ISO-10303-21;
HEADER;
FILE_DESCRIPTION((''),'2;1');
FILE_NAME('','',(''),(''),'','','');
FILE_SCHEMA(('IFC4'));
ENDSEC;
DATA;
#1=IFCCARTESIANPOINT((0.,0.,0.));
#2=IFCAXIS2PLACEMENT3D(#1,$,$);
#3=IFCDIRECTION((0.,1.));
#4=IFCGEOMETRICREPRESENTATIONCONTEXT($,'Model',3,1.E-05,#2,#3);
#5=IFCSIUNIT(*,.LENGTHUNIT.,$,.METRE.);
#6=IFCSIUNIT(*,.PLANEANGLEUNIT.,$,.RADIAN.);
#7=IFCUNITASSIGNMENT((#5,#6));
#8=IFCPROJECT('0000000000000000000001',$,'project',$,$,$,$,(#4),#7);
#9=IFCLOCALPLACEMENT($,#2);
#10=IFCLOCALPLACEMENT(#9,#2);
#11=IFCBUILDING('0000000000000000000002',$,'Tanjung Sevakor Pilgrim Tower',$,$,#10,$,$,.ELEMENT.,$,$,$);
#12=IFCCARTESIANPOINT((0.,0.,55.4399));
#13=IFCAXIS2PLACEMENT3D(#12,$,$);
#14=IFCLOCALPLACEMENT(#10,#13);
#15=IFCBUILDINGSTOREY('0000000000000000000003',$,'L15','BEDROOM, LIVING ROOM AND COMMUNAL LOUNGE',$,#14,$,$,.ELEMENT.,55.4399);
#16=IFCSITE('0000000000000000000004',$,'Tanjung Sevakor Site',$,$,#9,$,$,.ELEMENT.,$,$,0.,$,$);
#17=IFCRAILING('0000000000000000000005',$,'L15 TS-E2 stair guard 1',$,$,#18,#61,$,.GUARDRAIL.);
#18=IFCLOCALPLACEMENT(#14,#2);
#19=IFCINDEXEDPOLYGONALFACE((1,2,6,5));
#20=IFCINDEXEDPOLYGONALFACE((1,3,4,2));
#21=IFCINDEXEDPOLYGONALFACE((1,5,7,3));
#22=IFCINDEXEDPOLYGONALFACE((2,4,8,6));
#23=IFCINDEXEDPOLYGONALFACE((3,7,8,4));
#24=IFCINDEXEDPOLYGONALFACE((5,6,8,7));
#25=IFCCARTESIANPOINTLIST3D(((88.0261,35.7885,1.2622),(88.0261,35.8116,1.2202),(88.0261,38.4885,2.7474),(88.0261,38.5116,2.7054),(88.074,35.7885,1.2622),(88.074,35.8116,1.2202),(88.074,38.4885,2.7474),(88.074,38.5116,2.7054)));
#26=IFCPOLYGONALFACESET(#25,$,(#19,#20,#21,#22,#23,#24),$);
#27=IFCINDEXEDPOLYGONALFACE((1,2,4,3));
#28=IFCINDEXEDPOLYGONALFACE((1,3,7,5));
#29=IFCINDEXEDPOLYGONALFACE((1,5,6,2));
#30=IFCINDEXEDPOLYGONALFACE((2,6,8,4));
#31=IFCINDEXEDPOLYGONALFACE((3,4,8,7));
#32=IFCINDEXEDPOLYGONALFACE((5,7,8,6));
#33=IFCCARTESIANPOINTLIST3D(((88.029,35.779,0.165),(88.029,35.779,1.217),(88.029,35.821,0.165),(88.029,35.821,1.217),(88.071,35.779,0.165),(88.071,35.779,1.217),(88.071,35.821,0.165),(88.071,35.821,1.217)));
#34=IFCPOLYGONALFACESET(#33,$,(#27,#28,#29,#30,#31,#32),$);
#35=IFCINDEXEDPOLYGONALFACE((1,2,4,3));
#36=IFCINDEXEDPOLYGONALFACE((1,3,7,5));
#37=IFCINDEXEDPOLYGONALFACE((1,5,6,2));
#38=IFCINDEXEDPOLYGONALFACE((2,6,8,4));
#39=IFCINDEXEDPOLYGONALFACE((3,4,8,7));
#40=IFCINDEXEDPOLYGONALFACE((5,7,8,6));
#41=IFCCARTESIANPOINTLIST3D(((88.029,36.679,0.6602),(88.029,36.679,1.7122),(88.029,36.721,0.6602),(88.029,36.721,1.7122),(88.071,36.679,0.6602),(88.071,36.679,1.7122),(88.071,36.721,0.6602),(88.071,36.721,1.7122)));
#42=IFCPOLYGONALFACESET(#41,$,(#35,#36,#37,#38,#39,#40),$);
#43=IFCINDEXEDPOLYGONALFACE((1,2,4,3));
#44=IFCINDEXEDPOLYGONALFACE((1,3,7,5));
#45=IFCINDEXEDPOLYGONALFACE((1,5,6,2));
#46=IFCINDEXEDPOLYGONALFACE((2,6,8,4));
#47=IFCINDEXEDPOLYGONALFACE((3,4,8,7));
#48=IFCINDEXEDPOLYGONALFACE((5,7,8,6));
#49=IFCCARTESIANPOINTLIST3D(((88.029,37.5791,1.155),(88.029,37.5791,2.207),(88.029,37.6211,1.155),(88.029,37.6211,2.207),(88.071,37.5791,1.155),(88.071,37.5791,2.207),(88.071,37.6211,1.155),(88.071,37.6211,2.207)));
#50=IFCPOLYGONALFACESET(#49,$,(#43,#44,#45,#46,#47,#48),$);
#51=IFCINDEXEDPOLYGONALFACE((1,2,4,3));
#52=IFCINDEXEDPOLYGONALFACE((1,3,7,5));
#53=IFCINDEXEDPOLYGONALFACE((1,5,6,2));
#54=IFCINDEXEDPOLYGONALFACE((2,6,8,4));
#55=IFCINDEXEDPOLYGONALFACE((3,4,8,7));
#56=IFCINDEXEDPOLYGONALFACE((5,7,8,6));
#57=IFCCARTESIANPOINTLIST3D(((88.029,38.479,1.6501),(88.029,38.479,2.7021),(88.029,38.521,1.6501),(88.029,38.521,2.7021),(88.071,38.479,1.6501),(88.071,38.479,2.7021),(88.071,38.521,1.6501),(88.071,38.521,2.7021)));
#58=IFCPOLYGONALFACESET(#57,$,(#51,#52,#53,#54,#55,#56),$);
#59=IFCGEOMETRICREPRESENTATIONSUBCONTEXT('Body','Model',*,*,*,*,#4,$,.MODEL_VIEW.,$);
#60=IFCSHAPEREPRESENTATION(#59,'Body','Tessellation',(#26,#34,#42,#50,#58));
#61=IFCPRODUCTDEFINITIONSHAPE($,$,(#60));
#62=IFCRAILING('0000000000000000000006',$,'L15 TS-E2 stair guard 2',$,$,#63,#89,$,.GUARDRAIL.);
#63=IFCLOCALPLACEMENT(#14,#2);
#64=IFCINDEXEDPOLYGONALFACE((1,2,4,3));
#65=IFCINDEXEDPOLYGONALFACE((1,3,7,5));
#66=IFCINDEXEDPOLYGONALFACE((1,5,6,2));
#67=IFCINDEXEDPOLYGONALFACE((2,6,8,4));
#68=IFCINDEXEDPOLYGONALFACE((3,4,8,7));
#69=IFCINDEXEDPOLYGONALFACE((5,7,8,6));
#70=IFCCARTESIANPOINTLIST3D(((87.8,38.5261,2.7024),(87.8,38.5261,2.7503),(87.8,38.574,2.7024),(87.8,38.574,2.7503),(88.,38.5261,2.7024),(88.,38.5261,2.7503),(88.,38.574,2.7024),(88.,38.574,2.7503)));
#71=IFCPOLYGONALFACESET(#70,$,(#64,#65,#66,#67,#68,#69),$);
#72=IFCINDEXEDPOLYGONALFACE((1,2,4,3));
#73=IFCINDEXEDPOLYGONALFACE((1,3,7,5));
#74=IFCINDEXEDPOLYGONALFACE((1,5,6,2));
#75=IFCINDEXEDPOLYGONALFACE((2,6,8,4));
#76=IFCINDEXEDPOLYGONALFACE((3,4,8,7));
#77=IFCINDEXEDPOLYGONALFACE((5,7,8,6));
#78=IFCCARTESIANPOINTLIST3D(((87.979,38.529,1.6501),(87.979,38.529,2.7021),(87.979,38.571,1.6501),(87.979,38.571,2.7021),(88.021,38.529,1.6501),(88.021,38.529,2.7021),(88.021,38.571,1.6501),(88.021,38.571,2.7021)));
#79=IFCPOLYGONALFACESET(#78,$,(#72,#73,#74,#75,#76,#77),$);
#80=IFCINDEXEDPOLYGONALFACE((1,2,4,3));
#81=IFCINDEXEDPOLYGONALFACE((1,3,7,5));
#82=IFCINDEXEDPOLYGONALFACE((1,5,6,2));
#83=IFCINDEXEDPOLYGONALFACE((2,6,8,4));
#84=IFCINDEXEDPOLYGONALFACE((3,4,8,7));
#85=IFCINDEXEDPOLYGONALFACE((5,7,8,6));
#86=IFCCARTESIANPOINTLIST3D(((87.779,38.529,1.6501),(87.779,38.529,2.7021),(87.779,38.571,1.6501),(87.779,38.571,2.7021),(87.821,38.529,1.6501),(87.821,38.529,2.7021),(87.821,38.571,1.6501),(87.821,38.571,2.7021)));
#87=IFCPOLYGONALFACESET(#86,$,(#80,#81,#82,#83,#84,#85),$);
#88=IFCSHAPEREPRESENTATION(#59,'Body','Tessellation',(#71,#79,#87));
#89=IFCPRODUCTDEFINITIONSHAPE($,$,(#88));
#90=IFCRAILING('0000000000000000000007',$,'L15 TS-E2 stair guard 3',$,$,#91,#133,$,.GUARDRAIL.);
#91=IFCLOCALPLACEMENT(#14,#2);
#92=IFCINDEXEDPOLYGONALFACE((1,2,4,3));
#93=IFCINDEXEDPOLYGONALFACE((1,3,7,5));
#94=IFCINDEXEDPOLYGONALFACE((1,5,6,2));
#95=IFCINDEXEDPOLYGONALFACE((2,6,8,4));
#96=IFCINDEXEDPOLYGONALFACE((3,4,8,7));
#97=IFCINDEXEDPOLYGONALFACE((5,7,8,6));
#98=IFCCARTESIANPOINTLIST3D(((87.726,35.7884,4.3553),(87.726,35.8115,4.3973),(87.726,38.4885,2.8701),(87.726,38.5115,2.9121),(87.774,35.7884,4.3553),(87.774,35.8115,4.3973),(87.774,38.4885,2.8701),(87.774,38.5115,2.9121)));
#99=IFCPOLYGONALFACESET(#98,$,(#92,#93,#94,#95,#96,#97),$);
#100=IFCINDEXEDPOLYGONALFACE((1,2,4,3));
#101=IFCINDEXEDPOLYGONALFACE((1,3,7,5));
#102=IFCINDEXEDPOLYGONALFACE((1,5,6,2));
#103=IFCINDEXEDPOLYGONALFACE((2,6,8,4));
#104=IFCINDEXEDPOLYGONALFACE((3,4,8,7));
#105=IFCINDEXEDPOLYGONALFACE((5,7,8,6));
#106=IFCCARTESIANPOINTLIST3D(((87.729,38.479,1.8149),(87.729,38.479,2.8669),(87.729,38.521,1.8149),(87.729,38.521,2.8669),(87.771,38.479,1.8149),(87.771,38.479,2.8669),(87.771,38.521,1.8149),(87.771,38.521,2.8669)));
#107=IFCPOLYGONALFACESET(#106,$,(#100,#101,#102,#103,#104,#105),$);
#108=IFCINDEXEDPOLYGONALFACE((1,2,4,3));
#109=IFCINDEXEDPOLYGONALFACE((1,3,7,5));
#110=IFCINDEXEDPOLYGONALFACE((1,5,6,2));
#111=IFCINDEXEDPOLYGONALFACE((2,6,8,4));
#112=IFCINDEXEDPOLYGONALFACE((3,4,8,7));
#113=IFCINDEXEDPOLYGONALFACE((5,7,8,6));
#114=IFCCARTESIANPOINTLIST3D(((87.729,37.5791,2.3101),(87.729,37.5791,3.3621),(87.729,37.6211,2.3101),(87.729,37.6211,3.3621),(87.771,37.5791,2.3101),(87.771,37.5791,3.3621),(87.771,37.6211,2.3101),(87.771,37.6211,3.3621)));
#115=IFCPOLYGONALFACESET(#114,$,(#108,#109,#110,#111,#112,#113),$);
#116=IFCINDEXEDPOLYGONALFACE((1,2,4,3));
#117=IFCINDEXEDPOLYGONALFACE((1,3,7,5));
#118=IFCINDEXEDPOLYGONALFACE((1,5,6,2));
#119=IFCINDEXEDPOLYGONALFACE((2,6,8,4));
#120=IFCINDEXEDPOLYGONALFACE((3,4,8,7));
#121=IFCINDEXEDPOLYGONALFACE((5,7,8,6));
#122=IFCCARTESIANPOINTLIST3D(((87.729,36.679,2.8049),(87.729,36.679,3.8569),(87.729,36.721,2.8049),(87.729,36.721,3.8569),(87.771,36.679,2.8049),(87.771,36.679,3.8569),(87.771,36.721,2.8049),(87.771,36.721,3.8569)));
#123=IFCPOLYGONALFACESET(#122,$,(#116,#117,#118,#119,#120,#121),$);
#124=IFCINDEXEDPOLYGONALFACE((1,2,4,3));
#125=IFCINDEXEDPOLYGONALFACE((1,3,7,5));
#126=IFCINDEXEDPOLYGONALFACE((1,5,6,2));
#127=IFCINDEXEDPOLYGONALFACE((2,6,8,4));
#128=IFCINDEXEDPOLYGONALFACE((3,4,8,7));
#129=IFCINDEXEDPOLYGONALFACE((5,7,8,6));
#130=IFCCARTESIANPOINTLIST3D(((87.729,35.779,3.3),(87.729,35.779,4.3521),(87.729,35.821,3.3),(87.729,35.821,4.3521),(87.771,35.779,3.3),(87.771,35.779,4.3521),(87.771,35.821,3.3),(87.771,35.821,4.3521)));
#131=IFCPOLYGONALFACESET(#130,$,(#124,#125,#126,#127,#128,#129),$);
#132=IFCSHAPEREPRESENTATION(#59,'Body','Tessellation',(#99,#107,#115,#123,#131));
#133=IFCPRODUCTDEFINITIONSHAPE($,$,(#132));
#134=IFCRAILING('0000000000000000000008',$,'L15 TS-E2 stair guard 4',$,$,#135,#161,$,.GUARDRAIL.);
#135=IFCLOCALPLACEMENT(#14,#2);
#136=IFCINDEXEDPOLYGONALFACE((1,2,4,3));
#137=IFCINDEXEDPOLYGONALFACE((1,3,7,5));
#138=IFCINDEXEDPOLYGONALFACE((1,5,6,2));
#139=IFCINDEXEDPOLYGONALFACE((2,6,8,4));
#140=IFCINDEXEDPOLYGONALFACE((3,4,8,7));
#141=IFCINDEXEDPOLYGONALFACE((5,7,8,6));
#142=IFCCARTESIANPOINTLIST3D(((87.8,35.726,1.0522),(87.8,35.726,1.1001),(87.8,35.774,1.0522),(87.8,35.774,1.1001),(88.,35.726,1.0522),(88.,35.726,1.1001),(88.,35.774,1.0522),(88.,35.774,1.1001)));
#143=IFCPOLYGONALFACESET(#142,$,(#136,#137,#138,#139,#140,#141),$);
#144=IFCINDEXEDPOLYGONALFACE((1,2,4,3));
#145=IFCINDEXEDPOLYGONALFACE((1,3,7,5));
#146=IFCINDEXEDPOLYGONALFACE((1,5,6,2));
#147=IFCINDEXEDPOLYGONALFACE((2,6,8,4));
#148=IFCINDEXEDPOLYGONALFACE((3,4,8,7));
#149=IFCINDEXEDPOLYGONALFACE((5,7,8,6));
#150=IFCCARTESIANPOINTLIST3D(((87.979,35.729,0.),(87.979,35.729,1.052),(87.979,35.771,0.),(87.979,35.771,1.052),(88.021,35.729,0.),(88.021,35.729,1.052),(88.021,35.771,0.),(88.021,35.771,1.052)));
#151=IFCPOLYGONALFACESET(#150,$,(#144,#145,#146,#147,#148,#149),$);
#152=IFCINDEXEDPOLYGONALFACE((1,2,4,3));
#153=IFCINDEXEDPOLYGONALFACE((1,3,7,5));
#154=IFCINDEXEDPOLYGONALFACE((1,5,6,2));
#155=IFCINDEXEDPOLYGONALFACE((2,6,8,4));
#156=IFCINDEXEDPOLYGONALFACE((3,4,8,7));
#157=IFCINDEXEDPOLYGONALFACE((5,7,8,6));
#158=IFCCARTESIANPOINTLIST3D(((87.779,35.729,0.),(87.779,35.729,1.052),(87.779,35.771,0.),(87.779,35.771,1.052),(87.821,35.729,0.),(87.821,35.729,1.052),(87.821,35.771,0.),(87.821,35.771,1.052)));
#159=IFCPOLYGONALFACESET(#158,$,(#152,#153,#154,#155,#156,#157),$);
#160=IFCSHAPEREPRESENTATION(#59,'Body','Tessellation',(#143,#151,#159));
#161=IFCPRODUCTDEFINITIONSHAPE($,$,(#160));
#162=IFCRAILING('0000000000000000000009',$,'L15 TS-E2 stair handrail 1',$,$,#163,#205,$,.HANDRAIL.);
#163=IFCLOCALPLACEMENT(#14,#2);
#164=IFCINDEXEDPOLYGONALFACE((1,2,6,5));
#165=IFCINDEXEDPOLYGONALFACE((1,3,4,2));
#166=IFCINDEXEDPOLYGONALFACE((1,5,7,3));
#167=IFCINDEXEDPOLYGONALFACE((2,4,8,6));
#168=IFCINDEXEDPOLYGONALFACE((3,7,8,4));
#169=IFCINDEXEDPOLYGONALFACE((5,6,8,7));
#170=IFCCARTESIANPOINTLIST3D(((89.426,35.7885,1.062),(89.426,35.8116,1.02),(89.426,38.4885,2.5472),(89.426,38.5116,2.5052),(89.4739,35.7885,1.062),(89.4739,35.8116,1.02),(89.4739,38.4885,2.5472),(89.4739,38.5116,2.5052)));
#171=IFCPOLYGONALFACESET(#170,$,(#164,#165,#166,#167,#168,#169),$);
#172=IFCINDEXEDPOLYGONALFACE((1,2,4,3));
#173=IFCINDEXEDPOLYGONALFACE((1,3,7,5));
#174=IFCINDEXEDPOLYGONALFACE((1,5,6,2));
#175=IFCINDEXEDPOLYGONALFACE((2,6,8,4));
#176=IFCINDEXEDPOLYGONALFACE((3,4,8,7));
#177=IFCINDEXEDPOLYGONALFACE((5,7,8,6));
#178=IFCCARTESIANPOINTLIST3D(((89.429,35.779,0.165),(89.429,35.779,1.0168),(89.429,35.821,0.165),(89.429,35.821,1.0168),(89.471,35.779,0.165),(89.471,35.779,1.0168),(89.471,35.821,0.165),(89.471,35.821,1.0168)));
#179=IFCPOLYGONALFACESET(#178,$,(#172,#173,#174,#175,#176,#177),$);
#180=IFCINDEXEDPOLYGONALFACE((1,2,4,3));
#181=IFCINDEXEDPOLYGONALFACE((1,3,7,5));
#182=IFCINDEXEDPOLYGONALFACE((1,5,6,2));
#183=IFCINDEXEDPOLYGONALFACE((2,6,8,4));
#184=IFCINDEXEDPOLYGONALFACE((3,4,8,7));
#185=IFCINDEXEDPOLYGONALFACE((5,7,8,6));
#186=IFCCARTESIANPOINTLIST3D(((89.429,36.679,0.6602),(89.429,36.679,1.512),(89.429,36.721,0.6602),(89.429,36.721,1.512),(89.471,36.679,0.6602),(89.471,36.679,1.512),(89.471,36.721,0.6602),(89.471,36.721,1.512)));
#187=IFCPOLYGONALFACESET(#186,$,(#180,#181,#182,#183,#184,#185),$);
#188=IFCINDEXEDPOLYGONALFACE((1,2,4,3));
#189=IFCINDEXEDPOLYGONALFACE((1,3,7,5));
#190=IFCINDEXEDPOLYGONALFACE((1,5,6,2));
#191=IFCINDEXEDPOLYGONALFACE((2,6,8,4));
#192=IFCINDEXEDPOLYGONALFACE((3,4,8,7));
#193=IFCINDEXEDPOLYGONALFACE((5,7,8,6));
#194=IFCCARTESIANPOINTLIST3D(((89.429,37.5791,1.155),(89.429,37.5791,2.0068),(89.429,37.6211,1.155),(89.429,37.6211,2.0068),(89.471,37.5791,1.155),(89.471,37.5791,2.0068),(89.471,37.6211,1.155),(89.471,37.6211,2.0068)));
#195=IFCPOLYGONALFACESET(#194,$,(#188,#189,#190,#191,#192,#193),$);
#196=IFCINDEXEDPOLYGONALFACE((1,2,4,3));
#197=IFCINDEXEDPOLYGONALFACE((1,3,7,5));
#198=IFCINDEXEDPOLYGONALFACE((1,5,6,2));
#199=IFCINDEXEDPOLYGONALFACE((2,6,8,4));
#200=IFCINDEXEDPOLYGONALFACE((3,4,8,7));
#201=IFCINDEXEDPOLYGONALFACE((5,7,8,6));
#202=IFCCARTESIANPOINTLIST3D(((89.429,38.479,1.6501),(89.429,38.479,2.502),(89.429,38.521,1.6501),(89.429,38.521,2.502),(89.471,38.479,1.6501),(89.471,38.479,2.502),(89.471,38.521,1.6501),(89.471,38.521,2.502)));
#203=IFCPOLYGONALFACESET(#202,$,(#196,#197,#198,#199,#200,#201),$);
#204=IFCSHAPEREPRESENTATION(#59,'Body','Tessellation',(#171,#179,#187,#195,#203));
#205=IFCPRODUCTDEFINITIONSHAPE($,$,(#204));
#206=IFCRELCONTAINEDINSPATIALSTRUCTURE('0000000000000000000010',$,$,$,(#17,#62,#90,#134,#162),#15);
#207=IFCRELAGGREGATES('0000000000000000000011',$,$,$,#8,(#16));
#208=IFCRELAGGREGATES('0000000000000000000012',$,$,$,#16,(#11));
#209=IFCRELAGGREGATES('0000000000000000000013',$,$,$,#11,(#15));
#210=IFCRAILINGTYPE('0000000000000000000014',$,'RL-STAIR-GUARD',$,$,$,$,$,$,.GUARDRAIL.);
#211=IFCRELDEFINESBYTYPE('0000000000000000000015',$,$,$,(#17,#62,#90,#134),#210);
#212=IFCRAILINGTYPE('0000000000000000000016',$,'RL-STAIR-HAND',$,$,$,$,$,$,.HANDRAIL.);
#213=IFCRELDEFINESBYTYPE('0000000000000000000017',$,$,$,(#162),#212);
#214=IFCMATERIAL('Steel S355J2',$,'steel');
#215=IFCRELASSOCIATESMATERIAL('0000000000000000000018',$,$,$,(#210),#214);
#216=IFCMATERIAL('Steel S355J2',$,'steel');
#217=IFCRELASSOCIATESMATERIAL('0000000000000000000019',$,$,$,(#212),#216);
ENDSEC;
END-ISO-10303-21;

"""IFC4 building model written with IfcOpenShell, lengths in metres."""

from ifc_helpers import new_model, si_unit, direction, frame, origin, place, context, subcontext, project, spatial, rectangle, extrude, material, type_object, element, save


model = new_model("IFC4")

# Units and contexts
model_context = context("Model", 3, precision=1e-05, world=origin(), true_north=direction((0.0, 1.0)))
body_context = subcontext(model_context, "Body", "Model", "MODEL_VIEW")
ifc_project = project(units=[si_unit("LENGTHUNIT", "METRE"), si_unit("PLANEANGLEUNIT", "RADIAN")], contexts=[model_context])

# Site, building, storey
site_placement = place(None, origin())
site = spatial("IfcSite", under=ifc_project, at=site_placement, Name="Tanjung Sevakor Site", CompositionType="ELEMENT", RefElevation=0.0)
building_placement = place(site_placement, origin())
building = spatial("IfcBuilding", under=site, at=building_placement, Name="Tanjung Sevakor Pilgrim Tower", CompositionType="ELEMENT")
storey_placement = place(building_placement, frame((0.0, 0.0, 55.4399)))
storey = spatial("IfcBuildingStorey", under=building, at=storey_placement, Name="L15", Description="BEDROOM, LIVING ROOM AND COMMUNAL LOUNGE", CompositionType="ELEMENT", Elevation=55.4399)

# Railings
ifc_material_1 = material(Name="Steel S355J2", Category="steel")
railing_type_1 = type_object("IfcRailingType", Name="RL-STAIR-GUARD", PredefinedType="GUARDRAIL", material=ifc_material_1)
railing_1_placement = place(storey_placement, frame((88.05, 35.8, 0.165)))
element("IfcRailing", 1, at=railing_1_placement, inside=storey, type_object=railing_type_1, Name="L15 TS-E2 stair guard 1", PredefinedType="GUARDRAIL", context=body_context, shape_type="SweptSolid", body=[
    extrude(rectangle(XDim=0.0479, YDim=0.0479), frame((0.0, 0.0, 1.0762), z_axis=(0.0, 0.876198, 0.481952), x_axis=(-1.0, 0.0, 0.0)), (0.0, 0.0, 1.0), 3.0815),
    extrude(rectangle(XDim=0.042, YDim=0.042), origin(), (0.0, 0.0, 1.0), 1.052),
    extrude(rectangle(XDim=0.042, YDim=0.042), frame((0.0, 0.8999, 0.4951)), (0.0, 0.0, 1.0), 1.052),
    extrude(rectangle(XDim=0.042, YDim=0.042), frame((0.0, 1.8, 0.99)), (0.0, 0.0, 1.0), 1.052),
    extrude(rectangle(XDim=0.042, YDim=0.042), frame((0.0, 2.7, 1.4851)), (0.0, 0.0, 1.0), 1.052),
])
railing_2_placement = place(storey_placement, frame((88.0, 38.55, 1.6501)))
element("IfcRailing", 2, at=railing_2_placement, inside=storey, type_object=railing_type_1, Name="L15 TS-E2 stair guard 2", PredefinedType="GUARDRAIL", context=body_context, shape_type="SweptSolid", body=[
    extrude(rectangle(XDim=0.0479, YDim=0.0479), frame((0.0, 0.0, 1.0762), z_axis=(-1.0, 0.0, 0.0), x_axis=(0.0, -1.0, 0.0)), (0.0, 0.0, 1.0), 0.2),
    extrude(rectangle(XDim=0.042, YDim=0.042), origin(), (0.0, 0.0, 1.0), 1.052),
    extrude(rectangle(XDim=0.042, YDim=0.042), frame((-0.2, 0.0, 0.0)), (0.0, 0.0, 1.0), 1.052),
])
railing_3_placement = place(storey_placement, frame((87.75, 38.5, 1.8149)))
element("IfcRailing", 3, at=railing_3_placement, inside=storey, type_object=railing_type_1, Name="L15 TS-E2 stair guard 3", PredefinedType="GUARDRAIL", context=body_context, shape_type="SweptSolid", body=[
    extrude(rectangle(XDim=0.0479, YDim=0.0479), frame((0.0, 0.0, 1.0762), z_axis=(0.0, -0.876198, 0.481952), x_axis=(1.0, 0.0, 0.0)), (0.0, 0.0, 1.0), 3.0815),
    extrude(rectangle(XDim=0.042, YDim=0.042), origin(), (0.0, 0.0, 1.0), 1.052),
    extrude(rectangle(XDim=0.042, YDim=0.042), frame((0.0, -0.8999, 0.4951)), (0.0, 0.0, 1.0), 1.052),
    extrude(rectangle(XDim=0.042, YDim=0.042), frame((0.0, -1.8, 0.99)), (0.0, 0.0, 1.0), 1.052),
    extrude(rectangle(XDim=0.042, YDim=0.042), frame((0.0, -2.7, 1.4851)), (0.0, 0.0, 1.0), 1.052),
])
railing_4_placement = place(storey_placement, frame((88.0, 35.75, 0.0)))
element("IfcRailing", 4, at=railing_4_placement, inside=storey, type_object=railing_type_1, Name="L15 TS-E2 stair guard 4", PredefinedType="GUARDRAIL", context=body_context, shape_type="SweptSolid", body=[
    extrude(rectangle(XDim=0.0479, YDim=0.0479), frame((0.0, 0.0, 1.0762), z_axis=(-1.0, 0.0, 0.0), x_axis=(0.0, -1.0, 0.0)), (0.0, 0.0, 1.0), 0.2),
    extrude(rectangle(XDim=0.042, YDim=0.042), origin(), (0.0, 0.0, 1.0), 1.052),
    extrude(rectangle(XDim=0.042, YDim=0.042), frame((-0.2, 0.0, 0.0)), (0.0, 0.0, 1.0), 1.052),
])
ifc_material_2 = material(Name="Steel S355J2", Category="steel")
railing_type_2 = type_object("IfcRailingType", Name="RL-STAIR-HAND", PredefinedType="HANDRAIL", material=ifc_material_2)
railing_5_placement = place(storey_placement, frame((89.45, 35.8, 0.165)))
element("IfcRailing", 5, at=railing_5_placement, inside=storey, type_object=railing_type_2, Name="L15 TS-E2 stair handrail 1", PredefinedType="HANDRAIL", context=body_context, shape_type="SweptSolid", body=[
    extrude(rectangle(XDim=0.0479, YDim=0.0479), frame((0.0, 0.0, 0.876), z_axis=(0.0, 0.876198, 0.481952), x_axis=(-1.0, 0.0, 0.0)), (0.0, 0.0, 1.0), 3.0815),
    extrude(rectangle(XDim=0.042, YDim=0.042), origin(), (0.0, 0.0, 1.0), 0.8518),
    extrude(rectangle(XDim=0.042, YDim=0.042), frame((0.0, 0.8999, 0.4951)), (0.0, 0.0, 1.0), 0.8518),
    extrude(rectangle(XDim=0.042, YDim=0.042), frame((0.0, 1.8, 0.99)), (0.0, 0.0, 1.0), 0.8518),
    extrude(rectangle(XDim=0.042, YDim=0.042), frame((0.0, 2.7, 1.4851)), (0.0, 0.0, 1.0), 0.8518),
])

save(model, "model.ifc")
